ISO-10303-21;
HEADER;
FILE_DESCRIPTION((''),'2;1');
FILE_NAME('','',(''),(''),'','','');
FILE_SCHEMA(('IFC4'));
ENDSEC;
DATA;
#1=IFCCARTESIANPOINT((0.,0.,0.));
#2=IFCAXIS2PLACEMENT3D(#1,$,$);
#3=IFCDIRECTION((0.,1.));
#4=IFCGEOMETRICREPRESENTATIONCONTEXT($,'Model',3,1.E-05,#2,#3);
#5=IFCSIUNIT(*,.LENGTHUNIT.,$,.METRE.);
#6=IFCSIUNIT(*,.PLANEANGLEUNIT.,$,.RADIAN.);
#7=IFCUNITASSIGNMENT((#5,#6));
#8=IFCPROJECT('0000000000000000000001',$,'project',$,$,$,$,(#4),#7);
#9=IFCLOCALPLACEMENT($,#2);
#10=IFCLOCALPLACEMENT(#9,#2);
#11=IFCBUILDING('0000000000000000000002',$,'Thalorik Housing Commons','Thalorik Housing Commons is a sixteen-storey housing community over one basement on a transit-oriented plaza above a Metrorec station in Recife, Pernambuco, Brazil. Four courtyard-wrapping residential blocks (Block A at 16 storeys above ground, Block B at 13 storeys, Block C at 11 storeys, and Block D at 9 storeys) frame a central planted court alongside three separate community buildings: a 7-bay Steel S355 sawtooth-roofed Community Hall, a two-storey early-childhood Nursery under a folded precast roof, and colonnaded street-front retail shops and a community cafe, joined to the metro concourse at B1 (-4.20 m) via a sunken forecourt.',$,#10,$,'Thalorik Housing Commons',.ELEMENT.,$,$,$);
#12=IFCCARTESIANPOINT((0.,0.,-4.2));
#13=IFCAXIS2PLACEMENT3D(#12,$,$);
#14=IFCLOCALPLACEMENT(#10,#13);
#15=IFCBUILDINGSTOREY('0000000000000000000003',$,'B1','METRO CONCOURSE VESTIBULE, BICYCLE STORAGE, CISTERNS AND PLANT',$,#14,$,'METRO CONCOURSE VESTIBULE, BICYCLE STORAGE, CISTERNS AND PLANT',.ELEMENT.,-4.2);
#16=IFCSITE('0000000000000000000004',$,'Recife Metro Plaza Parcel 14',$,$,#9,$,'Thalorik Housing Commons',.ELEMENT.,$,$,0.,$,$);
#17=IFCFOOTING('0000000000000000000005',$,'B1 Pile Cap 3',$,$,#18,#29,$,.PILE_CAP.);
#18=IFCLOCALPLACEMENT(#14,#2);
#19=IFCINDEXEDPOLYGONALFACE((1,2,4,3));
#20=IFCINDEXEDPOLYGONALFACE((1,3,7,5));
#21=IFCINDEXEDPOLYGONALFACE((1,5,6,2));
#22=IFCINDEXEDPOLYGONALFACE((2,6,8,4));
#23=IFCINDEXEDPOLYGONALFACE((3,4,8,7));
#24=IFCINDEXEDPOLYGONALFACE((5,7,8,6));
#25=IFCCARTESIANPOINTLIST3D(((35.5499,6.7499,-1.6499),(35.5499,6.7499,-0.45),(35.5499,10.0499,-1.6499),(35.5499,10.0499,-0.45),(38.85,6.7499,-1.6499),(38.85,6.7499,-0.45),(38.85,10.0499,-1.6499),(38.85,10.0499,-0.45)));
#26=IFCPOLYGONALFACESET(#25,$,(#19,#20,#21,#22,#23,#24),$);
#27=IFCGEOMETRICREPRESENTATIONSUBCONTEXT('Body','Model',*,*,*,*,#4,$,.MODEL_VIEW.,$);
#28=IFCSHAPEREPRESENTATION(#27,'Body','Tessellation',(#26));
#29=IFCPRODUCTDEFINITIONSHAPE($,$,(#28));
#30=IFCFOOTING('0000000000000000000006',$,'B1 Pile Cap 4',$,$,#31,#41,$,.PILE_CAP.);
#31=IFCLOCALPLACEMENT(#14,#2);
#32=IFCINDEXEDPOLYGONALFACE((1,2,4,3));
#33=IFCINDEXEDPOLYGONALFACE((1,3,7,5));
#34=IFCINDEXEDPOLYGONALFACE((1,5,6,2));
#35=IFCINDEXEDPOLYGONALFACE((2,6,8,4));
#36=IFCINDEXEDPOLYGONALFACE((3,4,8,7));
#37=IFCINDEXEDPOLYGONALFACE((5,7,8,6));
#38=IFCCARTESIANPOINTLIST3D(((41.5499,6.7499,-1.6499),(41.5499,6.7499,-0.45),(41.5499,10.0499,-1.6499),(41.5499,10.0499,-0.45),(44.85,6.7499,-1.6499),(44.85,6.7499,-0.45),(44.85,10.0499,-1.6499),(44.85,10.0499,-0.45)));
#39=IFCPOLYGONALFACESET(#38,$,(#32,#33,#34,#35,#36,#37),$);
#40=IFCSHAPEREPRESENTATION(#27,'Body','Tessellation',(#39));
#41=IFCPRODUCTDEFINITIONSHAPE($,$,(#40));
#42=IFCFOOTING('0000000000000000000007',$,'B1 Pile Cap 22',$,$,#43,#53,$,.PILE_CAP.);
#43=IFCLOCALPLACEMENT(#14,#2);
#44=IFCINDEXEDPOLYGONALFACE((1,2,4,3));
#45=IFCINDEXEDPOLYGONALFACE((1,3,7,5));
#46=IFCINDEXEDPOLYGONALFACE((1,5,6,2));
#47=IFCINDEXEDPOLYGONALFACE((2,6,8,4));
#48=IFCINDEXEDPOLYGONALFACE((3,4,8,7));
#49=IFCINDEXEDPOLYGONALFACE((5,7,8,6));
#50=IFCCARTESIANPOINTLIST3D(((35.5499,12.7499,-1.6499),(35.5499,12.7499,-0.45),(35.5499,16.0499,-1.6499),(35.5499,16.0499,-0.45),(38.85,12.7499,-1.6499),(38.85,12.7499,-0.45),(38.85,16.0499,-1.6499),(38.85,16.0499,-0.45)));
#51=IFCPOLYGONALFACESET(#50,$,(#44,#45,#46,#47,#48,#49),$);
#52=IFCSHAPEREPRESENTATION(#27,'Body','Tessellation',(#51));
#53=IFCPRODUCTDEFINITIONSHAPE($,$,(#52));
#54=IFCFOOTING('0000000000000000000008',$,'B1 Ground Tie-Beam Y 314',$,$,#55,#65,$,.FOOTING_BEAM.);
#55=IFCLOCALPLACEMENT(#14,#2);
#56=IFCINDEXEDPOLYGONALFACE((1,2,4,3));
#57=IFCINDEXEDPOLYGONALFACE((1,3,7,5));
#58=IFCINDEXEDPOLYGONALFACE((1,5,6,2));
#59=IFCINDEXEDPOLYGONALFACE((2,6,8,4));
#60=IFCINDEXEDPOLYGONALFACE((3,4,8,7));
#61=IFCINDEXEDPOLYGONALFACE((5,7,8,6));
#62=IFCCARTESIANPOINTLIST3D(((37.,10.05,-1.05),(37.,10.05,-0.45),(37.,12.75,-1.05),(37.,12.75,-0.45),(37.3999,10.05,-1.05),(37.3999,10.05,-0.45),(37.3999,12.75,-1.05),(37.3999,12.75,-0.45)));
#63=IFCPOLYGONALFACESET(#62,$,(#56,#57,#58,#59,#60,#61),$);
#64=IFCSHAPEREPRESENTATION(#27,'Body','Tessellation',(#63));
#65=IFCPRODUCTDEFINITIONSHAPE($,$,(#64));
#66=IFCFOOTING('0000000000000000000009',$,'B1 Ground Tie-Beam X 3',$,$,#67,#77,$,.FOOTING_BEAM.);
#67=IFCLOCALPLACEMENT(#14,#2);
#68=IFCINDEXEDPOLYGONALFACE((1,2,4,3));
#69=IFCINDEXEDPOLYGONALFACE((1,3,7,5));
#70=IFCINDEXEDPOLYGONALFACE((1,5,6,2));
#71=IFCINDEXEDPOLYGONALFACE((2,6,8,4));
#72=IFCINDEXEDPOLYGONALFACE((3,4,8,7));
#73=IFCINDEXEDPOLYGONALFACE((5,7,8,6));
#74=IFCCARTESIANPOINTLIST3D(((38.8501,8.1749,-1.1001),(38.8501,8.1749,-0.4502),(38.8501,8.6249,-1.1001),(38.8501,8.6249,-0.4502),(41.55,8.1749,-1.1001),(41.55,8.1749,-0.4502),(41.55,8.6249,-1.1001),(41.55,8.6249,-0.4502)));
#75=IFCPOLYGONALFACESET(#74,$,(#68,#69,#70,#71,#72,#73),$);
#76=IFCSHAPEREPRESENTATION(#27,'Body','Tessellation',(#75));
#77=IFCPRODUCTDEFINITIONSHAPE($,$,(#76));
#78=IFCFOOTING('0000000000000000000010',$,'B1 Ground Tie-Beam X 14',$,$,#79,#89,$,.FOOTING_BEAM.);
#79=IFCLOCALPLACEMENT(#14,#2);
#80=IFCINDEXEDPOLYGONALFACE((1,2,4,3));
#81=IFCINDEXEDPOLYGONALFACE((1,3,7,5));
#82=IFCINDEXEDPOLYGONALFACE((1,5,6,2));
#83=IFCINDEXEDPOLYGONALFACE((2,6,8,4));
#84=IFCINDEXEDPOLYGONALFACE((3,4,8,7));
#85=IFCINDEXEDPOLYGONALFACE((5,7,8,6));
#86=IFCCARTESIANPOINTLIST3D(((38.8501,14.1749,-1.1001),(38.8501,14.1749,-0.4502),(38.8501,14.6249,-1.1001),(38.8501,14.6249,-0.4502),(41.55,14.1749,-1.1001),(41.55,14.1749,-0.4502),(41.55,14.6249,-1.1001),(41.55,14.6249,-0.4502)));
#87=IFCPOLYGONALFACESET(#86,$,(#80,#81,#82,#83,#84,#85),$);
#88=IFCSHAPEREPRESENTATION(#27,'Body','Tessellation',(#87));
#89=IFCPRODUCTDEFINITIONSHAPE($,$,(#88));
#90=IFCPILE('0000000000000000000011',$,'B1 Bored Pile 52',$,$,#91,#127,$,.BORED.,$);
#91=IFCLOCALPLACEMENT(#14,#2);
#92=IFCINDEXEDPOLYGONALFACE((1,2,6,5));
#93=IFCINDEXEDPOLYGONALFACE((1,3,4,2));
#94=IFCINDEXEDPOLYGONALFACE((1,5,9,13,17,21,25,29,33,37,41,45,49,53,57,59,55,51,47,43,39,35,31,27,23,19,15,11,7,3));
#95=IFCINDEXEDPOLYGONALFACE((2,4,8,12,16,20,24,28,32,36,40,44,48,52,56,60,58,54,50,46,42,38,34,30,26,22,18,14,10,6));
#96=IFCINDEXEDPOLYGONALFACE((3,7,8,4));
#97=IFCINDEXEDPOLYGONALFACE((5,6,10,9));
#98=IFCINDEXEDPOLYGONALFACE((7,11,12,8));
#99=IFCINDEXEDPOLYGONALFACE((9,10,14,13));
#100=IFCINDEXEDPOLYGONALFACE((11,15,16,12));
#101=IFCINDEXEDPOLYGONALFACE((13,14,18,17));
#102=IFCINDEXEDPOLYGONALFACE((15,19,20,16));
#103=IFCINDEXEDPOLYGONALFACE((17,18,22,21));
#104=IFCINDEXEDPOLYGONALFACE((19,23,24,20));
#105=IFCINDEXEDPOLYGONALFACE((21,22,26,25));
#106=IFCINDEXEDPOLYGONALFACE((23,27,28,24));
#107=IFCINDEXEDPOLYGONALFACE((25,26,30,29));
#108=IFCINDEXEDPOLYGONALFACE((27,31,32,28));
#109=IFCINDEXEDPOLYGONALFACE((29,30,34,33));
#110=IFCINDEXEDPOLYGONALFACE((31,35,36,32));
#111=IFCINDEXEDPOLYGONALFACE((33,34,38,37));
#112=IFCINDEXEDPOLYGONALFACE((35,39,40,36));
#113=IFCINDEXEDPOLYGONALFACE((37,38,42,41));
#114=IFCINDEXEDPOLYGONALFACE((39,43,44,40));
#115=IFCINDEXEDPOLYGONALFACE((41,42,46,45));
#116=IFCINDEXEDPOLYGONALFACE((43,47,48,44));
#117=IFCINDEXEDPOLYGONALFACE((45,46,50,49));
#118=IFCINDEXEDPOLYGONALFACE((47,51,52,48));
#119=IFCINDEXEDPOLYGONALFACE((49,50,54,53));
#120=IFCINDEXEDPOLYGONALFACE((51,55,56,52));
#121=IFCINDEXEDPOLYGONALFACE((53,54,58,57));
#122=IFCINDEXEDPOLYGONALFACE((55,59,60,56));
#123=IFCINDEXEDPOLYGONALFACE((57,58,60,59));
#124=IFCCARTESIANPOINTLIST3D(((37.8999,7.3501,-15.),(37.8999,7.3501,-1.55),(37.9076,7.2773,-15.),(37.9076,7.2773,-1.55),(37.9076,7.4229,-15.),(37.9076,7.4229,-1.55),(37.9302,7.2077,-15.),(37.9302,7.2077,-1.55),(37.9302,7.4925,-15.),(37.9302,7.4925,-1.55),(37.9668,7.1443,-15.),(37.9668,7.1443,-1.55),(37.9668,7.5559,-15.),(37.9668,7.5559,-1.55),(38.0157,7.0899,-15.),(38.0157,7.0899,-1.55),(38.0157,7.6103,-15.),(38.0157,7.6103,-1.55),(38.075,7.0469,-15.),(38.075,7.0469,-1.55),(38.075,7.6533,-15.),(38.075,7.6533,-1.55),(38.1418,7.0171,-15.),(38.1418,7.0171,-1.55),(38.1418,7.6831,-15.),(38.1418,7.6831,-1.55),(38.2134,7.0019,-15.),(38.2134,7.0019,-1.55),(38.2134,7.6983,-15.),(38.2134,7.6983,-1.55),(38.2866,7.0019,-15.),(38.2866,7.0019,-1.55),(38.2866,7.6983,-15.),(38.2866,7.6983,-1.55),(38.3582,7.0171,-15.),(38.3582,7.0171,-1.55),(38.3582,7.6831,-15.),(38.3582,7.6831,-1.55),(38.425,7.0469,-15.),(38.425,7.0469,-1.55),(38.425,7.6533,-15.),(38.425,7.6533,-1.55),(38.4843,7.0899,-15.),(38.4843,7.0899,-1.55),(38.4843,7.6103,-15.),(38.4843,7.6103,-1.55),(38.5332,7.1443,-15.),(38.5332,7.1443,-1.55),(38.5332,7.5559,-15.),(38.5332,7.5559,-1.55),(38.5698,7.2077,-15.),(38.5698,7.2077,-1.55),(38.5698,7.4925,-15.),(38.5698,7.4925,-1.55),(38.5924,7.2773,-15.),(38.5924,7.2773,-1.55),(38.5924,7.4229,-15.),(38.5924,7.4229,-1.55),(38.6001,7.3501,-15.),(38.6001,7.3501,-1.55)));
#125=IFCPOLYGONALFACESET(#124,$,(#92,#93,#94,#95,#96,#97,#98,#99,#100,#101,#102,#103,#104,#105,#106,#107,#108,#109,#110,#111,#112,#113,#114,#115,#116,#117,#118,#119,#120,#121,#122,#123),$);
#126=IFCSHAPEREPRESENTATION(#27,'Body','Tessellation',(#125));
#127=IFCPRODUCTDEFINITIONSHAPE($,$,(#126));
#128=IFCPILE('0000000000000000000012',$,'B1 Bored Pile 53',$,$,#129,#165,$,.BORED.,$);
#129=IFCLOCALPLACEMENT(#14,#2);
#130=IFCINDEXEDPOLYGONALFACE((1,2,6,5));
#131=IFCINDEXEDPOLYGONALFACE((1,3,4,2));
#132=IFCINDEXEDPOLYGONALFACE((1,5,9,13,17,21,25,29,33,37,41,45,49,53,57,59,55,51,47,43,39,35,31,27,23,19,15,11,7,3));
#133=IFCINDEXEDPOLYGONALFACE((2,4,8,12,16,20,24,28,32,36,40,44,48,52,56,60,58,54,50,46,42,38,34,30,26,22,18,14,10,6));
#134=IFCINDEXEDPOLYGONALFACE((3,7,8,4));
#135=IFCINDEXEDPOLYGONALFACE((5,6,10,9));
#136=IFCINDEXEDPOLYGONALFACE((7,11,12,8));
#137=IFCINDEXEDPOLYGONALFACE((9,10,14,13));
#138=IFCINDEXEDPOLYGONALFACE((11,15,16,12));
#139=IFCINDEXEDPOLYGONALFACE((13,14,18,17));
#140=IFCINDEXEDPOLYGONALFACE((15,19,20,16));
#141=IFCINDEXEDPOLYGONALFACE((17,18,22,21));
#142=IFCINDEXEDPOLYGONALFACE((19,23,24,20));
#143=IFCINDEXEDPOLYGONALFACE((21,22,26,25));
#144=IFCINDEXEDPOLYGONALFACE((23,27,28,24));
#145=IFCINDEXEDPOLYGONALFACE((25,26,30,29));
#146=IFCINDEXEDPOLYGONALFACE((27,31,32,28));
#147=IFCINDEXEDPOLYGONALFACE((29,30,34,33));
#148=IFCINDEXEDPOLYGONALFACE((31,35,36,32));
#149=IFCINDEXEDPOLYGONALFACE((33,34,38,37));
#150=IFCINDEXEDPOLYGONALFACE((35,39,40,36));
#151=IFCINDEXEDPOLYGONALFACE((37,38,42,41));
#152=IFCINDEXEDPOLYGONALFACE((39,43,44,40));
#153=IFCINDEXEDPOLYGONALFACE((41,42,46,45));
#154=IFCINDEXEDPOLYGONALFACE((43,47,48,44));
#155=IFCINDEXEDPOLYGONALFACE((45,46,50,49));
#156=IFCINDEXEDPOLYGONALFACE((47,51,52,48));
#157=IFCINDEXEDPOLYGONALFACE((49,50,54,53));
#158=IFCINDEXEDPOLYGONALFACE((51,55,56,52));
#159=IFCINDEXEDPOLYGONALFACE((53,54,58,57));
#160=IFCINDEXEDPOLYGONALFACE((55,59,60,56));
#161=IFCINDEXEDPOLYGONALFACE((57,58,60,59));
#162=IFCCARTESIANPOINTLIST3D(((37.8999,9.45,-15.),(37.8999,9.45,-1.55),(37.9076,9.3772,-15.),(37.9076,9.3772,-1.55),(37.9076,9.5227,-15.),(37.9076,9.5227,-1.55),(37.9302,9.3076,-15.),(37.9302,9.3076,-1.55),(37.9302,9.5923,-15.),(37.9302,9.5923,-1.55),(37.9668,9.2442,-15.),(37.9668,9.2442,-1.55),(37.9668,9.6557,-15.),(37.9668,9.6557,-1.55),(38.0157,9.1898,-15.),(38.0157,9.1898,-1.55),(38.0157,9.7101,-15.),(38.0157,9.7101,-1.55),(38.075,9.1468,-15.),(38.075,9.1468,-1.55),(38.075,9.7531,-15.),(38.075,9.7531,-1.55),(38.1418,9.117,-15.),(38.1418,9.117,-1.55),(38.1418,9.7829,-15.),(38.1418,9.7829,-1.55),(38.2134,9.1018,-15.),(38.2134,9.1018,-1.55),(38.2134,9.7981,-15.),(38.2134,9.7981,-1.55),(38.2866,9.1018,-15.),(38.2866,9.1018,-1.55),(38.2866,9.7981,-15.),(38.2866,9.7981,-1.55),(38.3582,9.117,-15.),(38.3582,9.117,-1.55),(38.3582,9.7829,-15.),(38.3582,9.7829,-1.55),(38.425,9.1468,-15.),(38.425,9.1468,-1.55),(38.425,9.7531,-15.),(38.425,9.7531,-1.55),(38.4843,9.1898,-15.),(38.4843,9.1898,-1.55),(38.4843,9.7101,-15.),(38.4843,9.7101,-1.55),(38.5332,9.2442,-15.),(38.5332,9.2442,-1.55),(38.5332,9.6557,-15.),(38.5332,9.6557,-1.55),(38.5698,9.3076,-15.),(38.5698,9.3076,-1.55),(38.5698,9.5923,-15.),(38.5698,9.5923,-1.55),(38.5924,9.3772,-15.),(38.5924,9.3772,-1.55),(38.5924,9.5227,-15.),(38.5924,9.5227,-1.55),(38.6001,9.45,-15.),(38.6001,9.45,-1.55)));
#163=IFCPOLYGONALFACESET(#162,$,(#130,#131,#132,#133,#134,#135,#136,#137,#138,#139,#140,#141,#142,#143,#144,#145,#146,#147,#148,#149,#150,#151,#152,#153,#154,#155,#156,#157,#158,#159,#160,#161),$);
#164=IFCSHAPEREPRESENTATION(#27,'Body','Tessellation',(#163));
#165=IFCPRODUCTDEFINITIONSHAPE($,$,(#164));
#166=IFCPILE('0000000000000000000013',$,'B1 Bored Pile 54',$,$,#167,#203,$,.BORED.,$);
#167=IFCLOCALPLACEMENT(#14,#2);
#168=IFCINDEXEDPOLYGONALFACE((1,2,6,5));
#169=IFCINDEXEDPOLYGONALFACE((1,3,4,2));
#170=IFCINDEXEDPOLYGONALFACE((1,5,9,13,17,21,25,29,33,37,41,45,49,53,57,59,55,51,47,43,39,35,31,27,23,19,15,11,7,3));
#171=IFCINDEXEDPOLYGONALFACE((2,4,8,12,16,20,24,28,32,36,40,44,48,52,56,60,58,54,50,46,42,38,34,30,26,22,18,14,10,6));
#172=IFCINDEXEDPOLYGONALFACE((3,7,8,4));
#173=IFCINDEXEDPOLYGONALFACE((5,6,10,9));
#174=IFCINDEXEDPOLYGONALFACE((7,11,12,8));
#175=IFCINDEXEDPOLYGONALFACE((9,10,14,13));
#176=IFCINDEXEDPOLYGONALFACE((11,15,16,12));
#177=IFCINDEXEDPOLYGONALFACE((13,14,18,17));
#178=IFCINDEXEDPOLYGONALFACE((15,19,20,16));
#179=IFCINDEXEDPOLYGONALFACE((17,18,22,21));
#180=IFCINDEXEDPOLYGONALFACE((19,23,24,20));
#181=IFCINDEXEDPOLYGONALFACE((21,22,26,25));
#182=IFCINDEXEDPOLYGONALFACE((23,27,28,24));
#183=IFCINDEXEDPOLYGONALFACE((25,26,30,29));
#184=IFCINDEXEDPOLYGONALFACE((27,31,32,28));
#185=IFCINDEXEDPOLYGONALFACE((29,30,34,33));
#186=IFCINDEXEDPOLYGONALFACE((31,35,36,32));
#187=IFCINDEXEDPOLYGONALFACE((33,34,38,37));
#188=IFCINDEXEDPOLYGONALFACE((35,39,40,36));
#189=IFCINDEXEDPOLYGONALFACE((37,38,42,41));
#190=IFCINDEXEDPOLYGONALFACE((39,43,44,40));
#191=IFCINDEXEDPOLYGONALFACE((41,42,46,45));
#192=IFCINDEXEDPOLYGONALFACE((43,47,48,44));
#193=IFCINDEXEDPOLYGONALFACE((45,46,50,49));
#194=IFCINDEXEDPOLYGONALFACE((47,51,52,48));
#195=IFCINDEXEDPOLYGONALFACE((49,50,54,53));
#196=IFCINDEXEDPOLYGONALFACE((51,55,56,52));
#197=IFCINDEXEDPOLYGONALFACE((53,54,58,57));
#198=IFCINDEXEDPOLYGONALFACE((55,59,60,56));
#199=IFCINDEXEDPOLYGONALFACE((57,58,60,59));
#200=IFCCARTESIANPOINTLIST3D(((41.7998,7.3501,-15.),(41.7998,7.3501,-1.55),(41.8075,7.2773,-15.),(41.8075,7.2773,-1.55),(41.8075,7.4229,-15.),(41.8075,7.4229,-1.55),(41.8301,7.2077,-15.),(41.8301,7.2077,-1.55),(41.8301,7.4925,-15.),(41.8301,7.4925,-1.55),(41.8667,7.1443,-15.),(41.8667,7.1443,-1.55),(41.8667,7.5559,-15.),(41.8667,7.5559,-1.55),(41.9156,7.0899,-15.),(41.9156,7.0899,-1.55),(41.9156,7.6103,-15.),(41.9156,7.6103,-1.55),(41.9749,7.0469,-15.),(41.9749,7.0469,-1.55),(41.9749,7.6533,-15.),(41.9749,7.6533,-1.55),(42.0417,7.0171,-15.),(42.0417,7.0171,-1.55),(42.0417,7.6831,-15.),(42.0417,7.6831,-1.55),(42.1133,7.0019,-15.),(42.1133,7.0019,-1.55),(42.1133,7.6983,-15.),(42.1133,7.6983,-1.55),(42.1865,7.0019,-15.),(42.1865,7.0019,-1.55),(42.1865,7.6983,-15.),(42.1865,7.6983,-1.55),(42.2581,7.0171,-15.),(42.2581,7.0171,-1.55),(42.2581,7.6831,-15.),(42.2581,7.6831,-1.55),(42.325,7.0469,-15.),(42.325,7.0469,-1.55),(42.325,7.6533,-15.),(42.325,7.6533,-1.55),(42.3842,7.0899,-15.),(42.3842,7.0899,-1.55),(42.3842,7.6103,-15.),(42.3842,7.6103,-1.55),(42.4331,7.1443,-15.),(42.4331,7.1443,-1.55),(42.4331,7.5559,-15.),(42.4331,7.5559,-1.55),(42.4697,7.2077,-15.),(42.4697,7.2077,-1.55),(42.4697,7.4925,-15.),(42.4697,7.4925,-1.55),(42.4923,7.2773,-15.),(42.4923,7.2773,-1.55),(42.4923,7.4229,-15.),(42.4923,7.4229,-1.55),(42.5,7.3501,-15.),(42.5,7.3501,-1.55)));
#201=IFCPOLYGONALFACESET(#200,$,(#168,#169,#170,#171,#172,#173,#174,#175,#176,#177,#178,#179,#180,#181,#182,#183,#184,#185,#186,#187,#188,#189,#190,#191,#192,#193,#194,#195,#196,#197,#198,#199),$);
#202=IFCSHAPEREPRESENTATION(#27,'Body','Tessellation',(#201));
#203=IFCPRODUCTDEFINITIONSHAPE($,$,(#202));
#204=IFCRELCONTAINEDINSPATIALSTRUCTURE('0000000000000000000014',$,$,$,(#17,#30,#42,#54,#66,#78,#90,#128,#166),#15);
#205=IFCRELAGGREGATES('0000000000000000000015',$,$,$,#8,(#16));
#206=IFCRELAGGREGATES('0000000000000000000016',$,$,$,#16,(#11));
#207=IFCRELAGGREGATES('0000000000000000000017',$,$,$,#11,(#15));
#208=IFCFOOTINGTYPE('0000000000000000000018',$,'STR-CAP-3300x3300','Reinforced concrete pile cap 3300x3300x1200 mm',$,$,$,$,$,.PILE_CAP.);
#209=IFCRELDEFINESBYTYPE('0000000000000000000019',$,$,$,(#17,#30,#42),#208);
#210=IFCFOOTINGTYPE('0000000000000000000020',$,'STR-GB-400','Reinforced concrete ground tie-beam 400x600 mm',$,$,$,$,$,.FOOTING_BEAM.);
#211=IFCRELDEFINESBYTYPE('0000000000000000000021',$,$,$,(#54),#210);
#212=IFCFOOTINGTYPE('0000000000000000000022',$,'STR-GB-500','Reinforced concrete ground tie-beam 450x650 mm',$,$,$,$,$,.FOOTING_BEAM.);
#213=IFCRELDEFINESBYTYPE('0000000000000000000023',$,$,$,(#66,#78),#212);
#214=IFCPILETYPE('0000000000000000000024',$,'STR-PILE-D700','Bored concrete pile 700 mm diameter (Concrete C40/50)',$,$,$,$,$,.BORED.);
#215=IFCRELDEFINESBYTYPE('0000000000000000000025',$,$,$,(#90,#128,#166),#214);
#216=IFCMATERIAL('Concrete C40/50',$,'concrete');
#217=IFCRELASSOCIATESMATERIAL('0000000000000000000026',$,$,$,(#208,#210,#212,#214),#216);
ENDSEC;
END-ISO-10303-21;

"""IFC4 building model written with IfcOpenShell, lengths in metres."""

from ifc_helpers import new_model, si_unit, direction, frame, origin, origin_2d, place, context, subcontext, project, spatial, rectangle, circle, extrude, material, material_profile, profile_set, type_object, element, save


model = new_model("IFC4")

# Units and contexts
model_context = context("Model", 3, precision=1e-05, world=origin(), true_north=direction((0.0, 1.0)))
body_context = subcontext(model_context, "Body", "Model", "MODEL_VIEW")
ifc_project = project(units=[si_unit("LENGTHUNIT", "METRE"), si_unit("PLANEANGLEUNIT", "RADIAN")], contexts=[model_context])

# Site, building, storey
site_placement = place(None, origin())
site = spatial("IfcSite", under=ifc_project, at=site_placement, Name="Recife Metro Plaza Parcel 14", LongName="Thalorik Housing Commons", CompositionType="ELEMENT", RefElevation=0.0)
building_placement = place(site_placement, origin())
building = spatial("IfcBuilding", under=site, at=building_placement, Name="Thalorik Housing Commons", Description="Thalorik Housing Commons is a sixteen-storey housing community over one basement on a transit-oriented plaza above a Metrorec station in Recife, Pernambuco, Brazil. Four courtyard-wrapping residential blocks (Block A at 16 storeys above ground, Block B at 13 storeys, Block C at 11 storeys, and Block D at 9 storeys) frame a central planted court alongside three separate community buildings: a 7-bay Steel S355 sawtooth-roofed Community Hall, a two-storey early-childhood Nursery under a folded precast roof, and colonnaded street-front retail shops and a community cafe, joined to the metro concourse at B1 (-4.20 m) via a sunken forecourt.", LongName="Thalorik Housing Commons", CompositionType="ELEMENT")
storey_placement = place(building_placement, frame((0.0, 0.0, -4.2)))
storey = spatial("IfcBuildingStorey", under=building, at=storey_placement, Name="B1", Description="METRO CONCOURSE VESTIBULE, BICYCLE STORAGE, CISTERNS AND PLANT", LongName="METRO CONCOURSE VESTIBULE, BICYCLE STORAGE, CISTERNS AND PLANT", CompositionType="ELEMENT", Elevation=-4.2)

# Footings
ifc_material_1 = material(Name="Concrete C40/50", Category="concrete")
footing_type_1 = type_object("IfcFootingType", Name="STR-CAP-3300x3300", Description="Reinforced concrete pile cap 3300x3300x1200 mm", PredefinedType="PILE_CAP", material=ifc_material_1)
for number, where, z_axis, x_axis, name in (
    (1, (37.2, 8.3999, -1.6499), (0.0, 0.0, 1.0), (1.0, 0.0, 0.0), "B1 Pile Cap 3"),
    (2, (43.2, 8.3999, -1.6499), (0.0, 0.0, 1.0), (1.0, 0.0, 0.0), "B1 Pile Cap 4"),
    (3, (37.2, 14.3999, -1.6499), (0.0, 0.0, 1.0), (1.0, 0.0, 0.0), "B1 Pile Cap 22"),
):
    element("IfcFooting", number, at=place(storey_placement, frame(where, z_axis=z_axis, x_axis=x_axis)), inside=storey, type_object=footing_type_1, Name=name, PredefinedType="PILE_CAP", context=body_context, shape_type="SweptSolid", body=[
        extrude(rectangle(XDim=3.3, YDim=3.3, at=origin_2d()), origin(), (0.0, 0.0, 1.0), 1.2),
    ])
ifc_material_profile_1 = material_profile(ifc_material_1, rectangle(XDim=0.3999, YDim=0.6001, at=origin_2d()), Name="RC 400x600", Category="concrete")
ifc_profile_set_1 = profile_set([ifc_material_profile_1], Name="Concrete C40/50")
footing_type_2 = type_object("IfcFootingType", Name="STR-GB-400", Description="Reinforced concrete ground tie-beam 400x600 mm", PredefinedType="FOOTING_BEAM", material=ifc_profile_set_1)
footing_placement = place(storey_placement, frame((37.2, 10.05, -0.75), z_axis=(0.0, 1.0, 0.0), x_axis=(-1.0, 0.0, 0.0)))
element("IfcFooting", 4, at=footing_placement, inside=storey, type_object=footing_type_2, Name="B1 Ground Tie-Beam Y 314", PredefinedType="FOOTING_BEAM", context=body_context, shape_type="SweptSolid", body=[
    extrude(rectangle(XDim=0.3999, YDim=0.6001, at=origin_2d()), origin(), (0.0, 0.0, 1.0), 2.7),
])
ifc_material_profile_2 = material_profile(ifc_material_1, rectangle(XDim=0.45, YDim=0.6499, at=origin_2d()), Name="RC 450x650", Category="concrete")
ifc_profile_set_2 = profile_set([ifc_material_profile_2], Name="Concrete C40/50")
footing_type_3 = type_object("IfcFootingType", Name="STR-GB-500", Description="Reinforced concrete ground tie-beam 450x650 mm", PredefinedType="FOOTING_BEAM", material=ifc_profile_set_2)
for number, where, z_axis, x_axis, name in (
    (5, (38.8501, 8.3999, -0.7751), (1.0, 0.0, 0.0), (0.0, 1.0, 0.0), "B1 Ground Tie-Beam X 3"),
    (6, (38.8501, 14.3999, -0.7751), (1.0, 0.0, 0.0), (0.0, 1.0, 0.0), "B1 Ground Tie-Beam X 14"),
):
    element("IfcFooting", number, at=place(storey_placement, frame(where, z_axis=z_axis, x_axis=x_axis)), inside=storey, type_object=footing_type_3, Name=name, PredefinedType="FOOTING_BEAM", context=body_context, shape_type="SweptSolid", body=[
        extrude(rectangle(XDim=0.45, YDim=0.6499, at=origin_2d()), origin(), (0.0, 0.0, 1.0), 2.7),
    ])

# Piles
ifc_material_profile_3 = material_profile(ifc_material_1, circle(Radius=0.3501, at=origin_2d()), Name="BORED PILE D700", Category="concrete")
ifc_profile_set_3 = profile_set([ifc_material_profile_3], Name="Concrete C40/50")
pile_type = type_object("IfcPileType", Name="STR-PILE-D700", Description="Bored concrete pile 700 mm diameter (Concrete C40/50)", PredefinedType="BORED", material=ifc_profile_set_3)
for number, where, z_axis, x_axis, name in (
    (7, (38.25, 7.3501, -1.55), (0.0, 0.0, -1.0), (1.0, 0.0, 0.0), "B1 Bored Pile 52"),
    (8, (38.25, 9.45, -1.55), (0.0, 0.0, -1.0), (1.0, 0.0, 0.0), "B1 Bored Pile 53"),
    (9, (42.1499, 7.3501, -1.55), (0.0, 0.0, -1.0), (1.0, 0.0, 0.0), "B1 Bored Pile 54"),
):
    element("IfcPile", number, at=place(storey_placement, frame(where, z_axis=z_axis, x_axis=x_axis)), inside=storey, type_object=pile_type, Name=name, PredefinedType="BORED", context=body_context, shape_type="SweptSolid", body=[
        extrude(circle(Radius=0.3501, at=origin_2d()), origin(), (0.0, 0.0, 1.0), 13.45),
    ])

save(model, "model.ifc")
